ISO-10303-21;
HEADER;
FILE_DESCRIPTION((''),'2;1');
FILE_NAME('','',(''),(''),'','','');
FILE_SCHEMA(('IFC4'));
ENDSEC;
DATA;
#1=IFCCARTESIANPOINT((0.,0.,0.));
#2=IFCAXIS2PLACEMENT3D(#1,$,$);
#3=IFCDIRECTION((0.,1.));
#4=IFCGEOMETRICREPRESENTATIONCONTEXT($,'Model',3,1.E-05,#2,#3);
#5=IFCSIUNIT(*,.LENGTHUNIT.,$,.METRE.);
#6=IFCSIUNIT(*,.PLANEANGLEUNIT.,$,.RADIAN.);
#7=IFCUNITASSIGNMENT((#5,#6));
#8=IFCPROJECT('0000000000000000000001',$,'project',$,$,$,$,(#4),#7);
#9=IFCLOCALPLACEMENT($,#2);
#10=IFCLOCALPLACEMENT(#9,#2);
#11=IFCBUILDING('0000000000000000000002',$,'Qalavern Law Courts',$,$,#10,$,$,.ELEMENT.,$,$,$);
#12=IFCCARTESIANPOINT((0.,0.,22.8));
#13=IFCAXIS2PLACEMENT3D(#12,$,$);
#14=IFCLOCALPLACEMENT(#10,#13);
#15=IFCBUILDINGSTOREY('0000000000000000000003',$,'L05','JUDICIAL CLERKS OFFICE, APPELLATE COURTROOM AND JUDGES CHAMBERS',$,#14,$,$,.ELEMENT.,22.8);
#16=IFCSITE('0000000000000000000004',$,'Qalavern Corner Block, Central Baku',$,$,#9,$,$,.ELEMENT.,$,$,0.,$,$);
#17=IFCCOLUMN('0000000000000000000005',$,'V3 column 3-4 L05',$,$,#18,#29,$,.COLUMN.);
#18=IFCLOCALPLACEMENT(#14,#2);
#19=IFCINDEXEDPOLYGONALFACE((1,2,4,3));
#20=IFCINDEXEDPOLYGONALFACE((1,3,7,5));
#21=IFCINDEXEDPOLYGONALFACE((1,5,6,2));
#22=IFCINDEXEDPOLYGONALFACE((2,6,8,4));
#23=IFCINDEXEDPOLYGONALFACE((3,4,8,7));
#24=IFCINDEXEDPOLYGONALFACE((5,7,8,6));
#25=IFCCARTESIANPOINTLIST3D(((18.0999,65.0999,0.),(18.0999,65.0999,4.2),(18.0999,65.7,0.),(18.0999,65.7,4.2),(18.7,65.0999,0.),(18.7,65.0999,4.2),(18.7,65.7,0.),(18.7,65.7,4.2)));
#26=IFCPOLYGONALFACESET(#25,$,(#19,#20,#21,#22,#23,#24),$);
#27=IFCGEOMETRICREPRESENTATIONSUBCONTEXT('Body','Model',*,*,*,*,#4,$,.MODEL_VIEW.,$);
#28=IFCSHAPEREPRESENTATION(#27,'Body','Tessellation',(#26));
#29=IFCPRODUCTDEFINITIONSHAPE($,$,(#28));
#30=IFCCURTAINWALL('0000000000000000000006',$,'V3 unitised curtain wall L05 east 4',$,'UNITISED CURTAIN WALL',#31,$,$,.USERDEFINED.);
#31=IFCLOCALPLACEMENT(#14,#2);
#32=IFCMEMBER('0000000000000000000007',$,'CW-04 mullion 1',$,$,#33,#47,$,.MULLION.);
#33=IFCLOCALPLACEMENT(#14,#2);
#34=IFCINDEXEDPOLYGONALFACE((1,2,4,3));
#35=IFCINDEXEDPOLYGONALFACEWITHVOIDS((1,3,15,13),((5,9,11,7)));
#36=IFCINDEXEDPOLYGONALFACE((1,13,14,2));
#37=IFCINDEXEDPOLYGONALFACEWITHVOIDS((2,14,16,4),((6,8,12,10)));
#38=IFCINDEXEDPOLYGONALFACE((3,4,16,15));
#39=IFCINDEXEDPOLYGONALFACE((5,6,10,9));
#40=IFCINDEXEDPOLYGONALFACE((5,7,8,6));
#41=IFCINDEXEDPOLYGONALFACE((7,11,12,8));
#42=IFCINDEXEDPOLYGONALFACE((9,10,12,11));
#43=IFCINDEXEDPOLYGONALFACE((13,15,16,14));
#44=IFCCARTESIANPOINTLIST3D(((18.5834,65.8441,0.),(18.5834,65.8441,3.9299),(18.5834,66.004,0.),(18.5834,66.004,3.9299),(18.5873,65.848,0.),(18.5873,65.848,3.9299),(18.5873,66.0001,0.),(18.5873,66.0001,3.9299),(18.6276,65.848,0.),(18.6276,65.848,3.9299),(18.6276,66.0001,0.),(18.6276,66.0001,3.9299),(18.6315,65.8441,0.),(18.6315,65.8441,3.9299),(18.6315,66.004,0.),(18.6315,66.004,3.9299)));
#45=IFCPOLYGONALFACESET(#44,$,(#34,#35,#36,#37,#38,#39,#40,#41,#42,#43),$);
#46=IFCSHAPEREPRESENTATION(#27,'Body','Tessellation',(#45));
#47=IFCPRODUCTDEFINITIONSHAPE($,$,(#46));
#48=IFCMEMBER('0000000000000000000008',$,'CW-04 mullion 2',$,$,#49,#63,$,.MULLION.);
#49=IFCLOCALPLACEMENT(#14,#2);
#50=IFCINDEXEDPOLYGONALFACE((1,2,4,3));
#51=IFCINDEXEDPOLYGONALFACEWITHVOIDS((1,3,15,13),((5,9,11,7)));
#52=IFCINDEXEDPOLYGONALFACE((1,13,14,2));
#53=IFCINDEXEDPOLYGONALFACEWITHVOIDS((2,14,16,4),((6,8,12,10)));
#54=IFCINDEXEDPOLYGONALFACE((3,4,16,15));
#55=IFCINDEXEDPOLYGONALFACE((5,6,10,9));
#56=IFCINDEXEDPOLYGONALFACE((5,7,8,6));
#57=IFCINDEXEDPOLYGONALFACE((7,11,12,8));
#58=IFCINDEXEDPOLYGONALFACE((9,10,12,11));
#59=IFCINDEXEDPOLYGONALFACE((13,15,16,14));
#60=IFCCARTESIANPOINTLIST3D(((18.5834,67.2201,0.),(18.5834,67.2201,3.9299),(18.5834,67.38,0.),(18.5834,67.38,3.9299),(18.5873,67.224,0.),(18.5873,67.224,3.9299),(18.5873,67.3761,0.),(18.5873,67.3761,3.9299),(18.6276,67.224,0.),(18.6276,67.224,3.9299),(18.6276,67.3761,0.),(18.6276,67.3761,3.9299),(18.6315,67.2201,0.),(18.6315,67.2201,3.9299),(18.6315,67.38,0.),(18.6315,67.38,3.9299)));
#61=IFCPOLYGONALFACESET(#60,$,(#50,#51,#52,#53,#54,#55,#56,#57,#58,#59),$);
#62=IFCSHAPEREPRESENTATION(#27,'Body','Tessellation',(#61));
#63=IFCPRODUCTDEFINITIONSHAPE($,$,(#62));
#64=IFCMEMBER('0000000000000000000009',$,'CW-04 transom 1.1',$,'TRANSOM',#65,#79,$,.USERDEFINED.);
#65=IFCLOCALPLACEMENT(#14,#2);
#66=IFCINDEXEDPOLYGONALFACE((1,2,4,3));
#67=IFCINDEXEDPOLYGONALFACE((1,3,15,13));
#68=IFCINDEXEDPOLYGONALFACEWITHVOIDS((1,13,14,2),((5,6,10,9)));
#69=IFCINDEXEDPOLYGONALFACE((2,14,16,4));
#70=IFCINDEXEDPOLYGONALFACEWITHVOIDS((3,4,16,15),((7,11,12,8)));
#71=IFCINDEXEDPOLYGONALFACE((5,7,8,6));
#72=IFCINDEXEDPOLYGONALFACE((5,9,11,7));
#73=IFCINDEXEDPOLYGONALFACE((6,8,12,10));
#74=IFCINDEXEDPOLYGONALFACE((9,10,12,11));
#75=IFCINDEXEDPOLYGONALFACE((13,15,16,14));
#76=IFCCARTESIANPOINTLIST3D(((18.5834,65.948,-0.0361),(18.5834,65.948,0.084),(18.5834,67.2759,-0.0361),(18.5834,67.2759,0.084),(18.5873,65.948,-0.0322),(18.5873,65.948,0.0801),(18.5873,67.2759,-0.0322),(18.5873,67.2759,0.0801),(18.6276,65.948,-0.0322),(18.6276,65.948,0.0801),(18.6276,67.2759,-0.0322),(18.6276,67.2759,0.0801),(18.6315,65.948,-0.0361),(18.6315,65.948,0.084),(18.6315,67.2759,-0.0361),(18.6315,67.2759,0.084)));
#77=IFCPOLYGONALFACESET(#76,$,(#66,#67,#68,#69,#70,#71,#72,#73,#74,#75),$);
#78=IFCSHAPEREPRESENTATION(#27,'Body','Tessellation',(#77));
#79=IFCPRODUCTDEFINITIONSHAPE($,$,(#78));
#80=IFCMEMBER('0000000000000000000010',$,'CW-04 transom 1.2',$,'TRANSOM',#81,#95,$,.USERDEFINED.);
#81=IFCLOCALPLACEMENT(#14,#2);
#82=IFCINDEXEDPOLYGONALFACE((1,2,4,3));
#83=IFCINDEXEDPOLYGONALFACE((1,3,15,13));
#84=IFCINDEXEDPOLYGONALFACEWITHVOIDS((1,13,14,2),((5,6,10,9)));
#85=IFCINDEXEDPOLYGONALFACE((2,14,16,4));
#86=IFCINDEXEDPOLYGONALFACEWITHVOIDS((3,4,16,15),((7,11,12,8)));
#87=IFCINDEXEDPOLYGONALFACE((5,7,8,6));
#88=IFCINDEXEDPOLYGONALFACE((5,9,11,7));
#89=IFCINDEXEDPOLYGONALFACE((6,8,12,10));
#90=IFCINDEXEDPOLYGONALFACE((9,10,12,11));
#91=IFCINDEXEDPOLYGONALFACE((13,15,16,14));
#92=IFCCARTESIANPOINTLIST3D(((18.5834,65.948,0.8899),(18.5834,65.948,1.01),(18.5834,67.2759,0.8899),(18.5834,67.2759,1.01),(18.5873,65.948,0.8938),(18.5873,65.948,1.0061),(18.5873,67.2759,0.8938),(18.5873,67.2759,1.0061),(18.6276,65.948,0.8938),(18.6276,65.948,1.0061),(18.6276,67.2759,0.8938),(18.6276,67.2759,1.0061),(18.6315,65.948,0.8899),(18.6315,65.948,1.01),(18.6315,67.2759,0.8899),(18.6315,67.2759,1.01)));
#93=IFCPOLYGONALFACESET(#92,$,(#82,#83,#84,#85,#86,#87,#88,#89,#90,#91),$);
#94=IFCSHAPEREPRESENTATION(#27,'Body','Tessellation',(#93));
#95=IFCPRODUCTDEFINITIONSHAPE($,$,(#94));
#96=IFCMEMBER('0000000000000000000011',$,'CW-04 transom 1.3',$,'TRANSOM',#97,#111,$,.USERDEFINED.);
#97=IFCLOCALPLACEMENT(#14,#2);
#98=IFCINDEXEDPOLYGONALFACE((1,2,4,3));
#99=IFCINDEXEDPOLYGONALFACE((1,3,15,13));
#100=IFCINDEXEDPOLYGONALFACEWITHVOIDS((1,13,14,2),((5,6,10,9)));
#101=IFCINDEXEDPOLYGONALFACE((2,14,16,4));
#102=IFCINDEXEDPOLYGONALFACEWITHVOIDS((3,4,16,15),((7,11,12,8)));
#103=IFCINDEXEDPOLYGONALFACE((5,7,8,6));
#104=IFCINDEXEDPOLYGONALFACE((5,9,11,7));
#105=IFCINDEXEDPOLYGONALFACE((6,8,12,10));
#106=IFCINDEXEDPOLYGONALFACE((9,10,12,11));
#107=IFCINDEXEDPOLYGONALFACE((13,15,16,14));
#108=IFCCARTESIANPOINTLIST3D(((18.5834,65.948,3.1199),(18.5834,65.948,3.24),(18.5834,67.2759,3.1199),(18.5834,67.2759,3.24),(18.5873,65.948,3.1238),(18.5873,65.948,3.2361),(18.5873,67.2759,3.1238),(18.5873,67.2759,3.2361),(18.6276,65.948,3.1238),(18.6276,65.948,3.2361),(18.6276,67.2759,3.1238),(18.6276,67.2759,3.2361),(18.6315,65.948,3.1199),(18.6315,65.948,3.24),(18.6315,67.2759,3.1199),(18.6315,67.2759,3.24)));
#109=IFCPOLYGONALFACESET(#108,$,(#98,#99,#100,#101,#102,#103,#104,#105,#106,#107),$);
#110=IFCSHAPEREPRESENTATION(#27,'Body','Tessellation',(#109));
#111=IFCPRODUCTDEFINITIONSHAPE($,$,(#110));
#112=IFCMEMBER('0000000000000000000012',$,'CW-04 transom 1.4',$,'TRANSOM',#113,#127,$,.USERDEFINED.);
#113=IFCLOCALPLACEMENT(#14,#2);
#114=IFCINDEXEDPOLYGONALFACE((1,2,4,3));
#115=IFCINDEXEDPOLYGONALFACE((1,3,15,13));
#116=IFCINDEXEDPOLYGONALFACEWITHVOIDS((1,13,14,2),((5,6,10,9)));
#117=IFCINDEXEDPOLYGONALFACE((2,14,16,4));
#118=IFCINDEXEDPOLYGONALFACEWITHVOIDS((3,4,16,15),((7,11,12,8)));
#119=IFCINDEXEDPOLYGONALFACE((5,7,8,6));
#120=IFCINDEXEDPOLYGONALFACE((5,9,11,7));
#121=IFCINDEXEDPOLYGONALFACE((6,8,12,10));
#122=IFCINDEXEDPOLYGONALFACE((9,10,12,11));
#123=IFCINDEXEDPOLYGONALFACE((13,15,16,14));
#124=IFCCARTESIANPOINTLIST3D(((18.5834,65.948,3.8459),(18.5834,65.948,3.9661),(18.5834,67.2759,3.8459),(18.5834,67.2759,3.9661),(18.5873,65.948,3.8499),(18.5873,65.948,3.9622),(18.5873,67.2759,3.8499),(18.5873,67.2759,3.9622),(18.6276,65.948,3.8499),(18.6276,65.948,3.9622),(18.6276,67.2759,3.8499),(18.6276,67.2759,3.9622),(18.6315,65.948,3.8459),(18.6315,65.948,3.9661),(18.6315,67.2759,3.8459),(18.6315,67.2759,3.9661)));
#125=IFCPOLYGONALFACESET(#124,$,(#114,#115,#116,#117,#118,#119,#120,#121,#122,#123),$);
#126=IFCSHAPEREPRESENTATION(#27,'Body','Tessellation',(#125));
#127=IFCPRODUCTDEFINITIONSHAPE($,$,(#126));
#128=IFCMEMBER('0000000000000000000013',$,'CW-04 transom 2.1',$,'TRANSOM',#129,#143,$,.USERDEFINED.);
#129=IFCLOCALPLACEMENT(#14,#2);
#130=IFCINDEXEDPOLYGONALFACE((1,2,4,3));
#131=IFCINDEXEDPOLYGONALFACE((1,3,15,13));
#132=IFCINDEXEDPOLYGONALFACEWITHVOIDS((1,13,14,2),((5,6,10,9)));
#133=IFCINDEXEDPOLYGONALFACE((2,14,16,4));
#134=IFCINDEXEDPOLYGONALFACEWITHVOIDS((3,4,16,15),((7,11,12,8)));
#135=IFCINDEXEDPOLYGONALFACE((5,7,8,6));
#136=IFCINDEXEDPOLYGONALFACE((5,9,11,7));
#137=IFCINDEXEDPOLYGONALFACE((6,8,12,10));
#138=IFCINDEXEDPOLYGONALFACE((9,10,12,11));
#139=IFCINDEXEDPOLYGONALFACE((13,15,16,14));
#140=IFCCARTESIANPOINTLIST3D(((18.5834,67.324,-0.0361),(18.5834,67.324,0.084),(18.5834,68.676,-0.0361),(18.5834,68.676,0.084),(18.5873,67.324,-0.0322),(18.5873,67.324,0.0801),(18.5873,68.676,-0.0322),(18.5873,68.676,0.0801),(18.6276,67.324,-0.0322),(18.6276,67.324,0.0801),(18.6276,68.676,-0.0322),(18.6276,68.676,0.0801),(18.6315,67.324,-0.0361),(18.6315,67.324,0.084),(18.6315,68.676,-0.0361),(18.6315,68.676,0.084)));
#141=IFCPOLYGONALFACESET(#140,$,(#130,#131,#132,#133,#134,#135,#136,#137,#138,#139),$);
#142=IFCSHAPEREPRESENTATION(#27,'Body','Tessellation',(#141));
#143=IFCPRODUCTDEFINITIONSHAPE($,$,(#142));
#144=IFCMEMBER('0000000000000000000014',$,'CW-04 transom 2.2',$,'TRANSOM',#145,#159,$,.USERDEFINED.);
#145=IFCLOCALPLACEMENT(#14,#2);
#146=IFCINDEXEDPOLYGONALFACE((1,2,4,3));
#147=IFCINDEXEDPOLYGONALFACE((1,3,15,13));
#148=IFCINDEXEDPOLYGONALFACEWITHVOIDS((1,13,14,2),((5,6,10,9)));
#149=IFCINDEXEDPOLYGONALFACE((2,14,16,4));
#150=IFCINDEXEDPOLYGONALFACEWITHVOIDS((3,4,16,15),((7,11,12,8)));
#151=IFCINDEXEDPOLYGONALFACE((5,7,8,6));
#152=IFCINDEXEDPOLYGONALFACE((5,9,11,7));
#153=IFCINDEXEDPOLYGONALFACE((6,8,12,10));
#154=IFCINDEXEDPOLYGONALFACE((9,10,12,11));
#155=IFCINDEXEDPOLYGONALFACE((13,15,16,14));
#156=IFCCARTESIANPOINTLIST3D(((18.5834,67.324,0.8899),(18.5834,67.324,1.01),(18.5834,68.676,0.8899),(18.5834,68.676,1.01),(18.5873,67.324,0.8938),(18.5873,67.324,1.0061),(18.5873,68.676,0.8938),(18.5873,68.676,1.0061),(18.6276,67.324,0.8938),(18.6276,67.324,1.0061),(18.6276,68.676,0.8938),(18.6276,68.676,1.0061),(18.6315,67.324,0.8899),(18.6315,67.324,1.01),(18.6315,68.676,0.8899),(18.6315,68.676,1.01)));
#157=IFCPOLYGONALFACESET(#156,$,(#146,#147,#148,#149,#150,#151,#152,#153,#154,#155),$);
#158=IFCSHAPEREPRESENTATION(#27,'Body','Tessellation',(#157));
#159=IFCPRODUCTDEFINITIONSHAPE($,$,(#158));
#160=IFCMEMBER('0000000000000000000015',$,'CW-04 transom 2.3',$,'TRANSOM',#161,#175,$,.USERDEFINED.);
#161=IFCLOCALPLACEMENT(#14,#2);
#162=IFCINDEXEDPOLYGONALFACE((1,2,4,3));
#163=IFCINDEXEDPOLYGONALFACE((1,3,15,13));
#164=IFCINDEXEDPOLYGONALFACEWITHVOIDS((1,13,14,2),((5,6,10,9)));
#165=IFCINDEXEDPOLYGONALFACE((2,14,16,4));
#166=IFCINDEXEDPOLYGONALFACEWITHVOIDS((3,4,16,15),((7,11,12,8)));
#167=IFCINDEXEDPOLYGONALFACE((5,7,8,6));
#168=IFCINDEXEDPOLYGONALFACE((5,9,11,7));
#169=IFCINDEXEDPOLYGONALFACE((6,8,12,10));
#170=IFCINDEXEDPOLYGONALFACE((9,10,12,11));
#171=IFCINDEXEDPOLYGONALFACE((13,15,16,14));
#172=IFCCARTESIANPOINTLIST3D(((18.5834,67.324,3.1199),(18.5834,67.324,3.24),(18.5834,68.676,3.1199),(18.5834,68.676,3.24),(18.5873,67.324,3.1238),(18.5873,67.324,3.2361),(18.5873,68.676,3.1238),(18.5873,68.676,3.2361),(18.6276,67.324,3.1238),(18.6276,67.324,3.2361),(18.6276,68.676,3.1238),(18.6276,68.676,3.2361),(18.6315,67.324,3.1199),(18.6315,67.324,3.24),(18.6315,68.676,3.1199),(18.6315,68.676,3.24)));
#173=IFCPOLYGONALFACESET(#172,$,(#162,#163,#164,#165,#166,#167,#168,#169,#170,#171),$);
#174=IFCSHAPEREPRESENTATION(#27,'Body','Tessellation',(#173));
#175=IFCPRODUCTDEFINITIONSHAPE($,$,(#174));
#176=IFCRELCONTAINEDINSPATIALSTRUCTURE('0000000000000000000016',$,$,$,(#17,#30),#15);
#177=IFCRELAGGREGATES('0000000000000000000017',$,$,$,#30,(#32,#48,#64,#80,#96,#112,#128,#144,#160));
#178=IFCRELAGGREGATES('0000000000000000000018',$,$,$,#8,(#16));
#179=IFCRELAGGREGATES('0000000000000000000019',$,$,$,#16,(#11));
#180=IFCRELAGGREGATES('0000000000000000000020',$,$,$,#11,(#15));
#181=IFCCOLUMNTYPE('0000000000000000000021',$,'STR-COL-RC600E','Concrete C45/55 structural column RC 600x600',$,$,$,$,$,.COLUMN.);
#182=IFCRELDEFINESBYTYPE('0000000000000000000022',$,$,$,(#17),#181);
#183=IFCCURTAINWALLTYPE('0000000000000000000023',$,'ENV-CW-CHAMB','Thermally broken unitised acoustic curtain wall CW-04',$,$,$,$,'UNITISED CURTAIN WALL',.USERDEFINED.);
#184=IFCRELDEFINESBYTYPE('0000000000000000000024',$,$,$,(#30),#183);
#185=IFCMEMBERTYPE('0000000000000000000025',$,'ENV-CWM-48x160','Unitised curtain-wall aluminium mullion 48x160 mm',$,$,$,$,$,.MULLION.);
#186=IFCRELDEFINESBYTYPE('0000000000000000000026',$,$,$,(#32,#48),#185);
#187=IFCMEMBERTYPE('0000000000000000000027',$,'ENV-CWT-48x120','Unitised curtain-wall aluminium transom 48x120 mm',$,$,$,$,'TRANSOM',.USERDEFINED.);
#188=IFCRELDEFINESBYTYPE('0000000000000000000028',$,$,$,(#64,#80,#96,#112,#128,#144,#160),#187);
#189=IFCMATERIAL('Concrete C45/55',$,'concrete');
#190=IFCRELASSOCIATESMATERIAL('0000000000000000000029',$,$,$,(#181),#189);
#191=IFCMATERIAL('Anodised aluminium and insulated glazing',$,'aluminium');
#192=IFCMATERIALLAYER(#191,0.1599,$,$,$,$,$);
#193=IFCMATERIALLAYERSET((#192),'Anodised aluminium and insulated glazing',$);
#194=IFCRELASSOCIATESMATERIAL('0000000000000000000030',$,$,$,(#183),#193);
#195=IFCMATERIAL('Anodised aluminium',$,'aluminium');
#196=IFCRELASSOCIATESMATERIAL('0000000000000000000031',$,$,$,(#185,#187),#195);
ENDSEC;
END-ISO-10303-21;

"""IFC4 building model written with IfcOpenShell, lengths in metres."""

from ifc_helpers import new_model, si_unit, direction, frame, origin, origin_2d, place, context, subcontext, project, spatial, rectangle, hollow_rectangle, extrude, material, layer, layer_set, material_profile, profile_set, type_object, element, aggregate, save


model = new_model("IFC4")

# Units and contexts
model_context = context("Model", 3, precision=1e-05, world=origin(), true_north=direction((0.0, 1.0)))
body_context = subcontext(model_context, "Body", "Model", "MODEL_VIEW")
ifc_project = project(units=[si_unit("LENGTHUNIT", "METRE"), si_unit("PLANEANGLEUNIT", "RADIAN")], contexts=[model_context])

# Site, building, storey
site_placement = place(None, origin())
site = spatial("IfcSite", under=ifc_project, at=site_placement, Name="Qalavern Corner Block, Central Baku", CompositionType="ELEMENT", RefElevation=0.0)
building_placement = place(site_placement, origin())
building = spatial("IfcBuilding", under=site, at=building_placement, Name="Qalavern Law Courts", CompositionType="ELEMENT")
storey_placement = place(building_placement, frame((0.0, 0.0, 22.8)))
storey = spatial("IfcBuildingStorey", under=building, at=storey_placement, Name="L05", Description="JUDICIAL CLERKS OFFICE, APPELLATE COURTROOM AND JUDGES CHAMBERS", CompositionType="ELEMENT", Elevation=22.8)

# Column
ifc_material_1 = material(Name="Concrete C45/55", Category="concrete")
ifc_material_profile_1 = material_profile(ifc_material_1, rectangle(XDim=0.6001, YDim=0.6001, at=origin_2d()), Name="RC 600x600")
ifc_profile_set_1 = profile_set([ifc_material_profile_1], Name="Concrete C45/55")
column_type = type_object("IfcColumnType", Name="STR-COL-RC600E", Description="Concrete C45/55 structural column RC 600x600", PredefinedType="COLUMN", material=ifc_profile_set_1)
column_placement = place(storey_placement, frame((18.3999, 65.3999, 0.0), z_axis=(0.0, 0.0, 1.0), x_axis=(1.0, 0.0, 0.0)))
element("IfcColumn", 1, at=column_placement, inside=storey, type_object=column_type, Name="V3 column 3-4 L05", PredefinedType="COLUMN", context=body_context, shape_type="SweptSolid", body=[
    extrude(rectangle(XDim=0.6001, YDim=0.6001, at=origin_2d()), origin(), (0.0, 0.0, 1.0), 4.2),
])

# Curtain wall, members
ifc_material_2 = material(Name="Anodised aluminium and insulated glazing", Category="aluminium")
ifc_layer_1 = layer(ifc_material_2, 0.1599)
ifc_layer_set_1 = layer_set([ifc_layer_1], Name="Anodised aluminium and insulated glazing")
curtain_wall_type = type_object("IfcCurtainWallType", Name="ENV-CW-CHAMB", Description="Thermally broken unitised acoustic curtain wall CW-04", ElementType="UNITISED CURTAIN WALL", PredefinedType="USERDEFINED", material=ifc_layer_set_1)
curtain_wall_placement = place(storey_placement, origin())
curtain_wall = element("IfcCurtainWall", 2, at=curtain_wall_placement, inside=storey, type_object=curtain_wall_type, Name="V3 unitised curtain wall L05 east 4", ObjectType="UNITISED CURTAIN WALL", PredefinedType="USERDEFINED")
ifc_material_3 = material(Name="Anodised aluminium", Category="aluminium")
ifc_material_profile_2 = material_profile(ifc_material_3, hollow_rectangle(XDim=0.0481, YDim=0.1599, WallThickness=0.0039, at=origin_2d()), Name="ALU MULLION 48x160")
ifc_profile_set_2 = profile_set([ifc_material_profile_2], Name="Anodised aluminium")
member_type_1 = type_object("IfcMemberType", Name="ENV-CWM-48x160", Description="Unitised curtain-wall aluminium mullion 48x160 mm", PredefinedType="MULLION", material=ifc_profile_set_2)
member_1_placement = place(storey_placement, frame((18.6074, 65.9241, 0.0), z_axis=(0.0, 0.0, 1.0), x_axis=(-1.0, 0.0, 0.0)))
member_1 = element("IfcMember", 3, at=member_1_placement, type_object=member_type_1, Name="CW-04 mullion 1", PredefinedType="MULLION", context=body_context, shape_type="SweptSolid", body=[
    extrude(hollow_rectangle(XDim=0.0481, YDim=0.1599, WallThickness=0.0039, at=origin_2d()), origin(), (0.0, 0.0, 1.0), 3.9299),
])
member_2_placement = place(storey_placement, frame((18.6074, 67.3, 0.0), z_axis=(0.0, 0.0, 1.0), x_axis=(-1.0, 0.0, 0.0)))
member_2 = element("IfcMember", 4, at=member_2_placement, type_object=member_type_1, Name="CW-04 mullion 2", PredefinedType="MULLION", context=body_context, shape_type="SweptSolid", body=[
    extrude(hollow_rectangle(XDim=0.0481, YDim=0.1599, WallThickness=0.0039, at=origin_2d()), origin(), (0.0, 0.0, 1.0), 3.9299),
])
ifc_material_profile_3 = material_profile(ifc_material_3, hollow_rectangle(XDim=0.0481, YDim=0.1201, WallThickness=0.0039, at=origin_2d()), Name="ALU TRANSOM 48x120")
ifc_profile_set_3 = profile_set([ifc_material_profile_3], Name="Anodised aluminium")
member_type_2 = type_object("IfcMemberType", Name="ENV-CWT-48x120", Description="Unitised curtain-wall aluminium transom 48x120 mm", ElementType="TRANSOM", PredefinedType="USERDEFINED", material=ifc_profile_set_3)
member_3_placement = place(storey_placement, frame((18.6074, 65.948, 0.0239), z_axis=(0.0, 1.0, 0.0), x_axis=(-1.0, 0.0, 0.0)))
member_3 = element("IfcMember", 5, at=member_3_placement, type_object=member_type_2, Name="CW-04 transom 1.1", ObjectType="TRANSOM", PredefinedType="USERDEFINED", context=body_context, shape_type="SweptSolid", body=[
    extrude(hollow_rectangle(XDim=0.0481, YDim=0.1201, WallThickness=0.0039, at=origin_2d()), origin(), (0.0, 0.0, 1.0), 1.3279),
])
member_4_placement = place(storey_placement, frame((18.6074, 65.948, 0.95), z_axis=(0.0, 1.0, 0.0), x_axis=(-1.0, 0.0, 0.0)))
member_4 = element("IfcMember", 6, at=member_4_placement, type_object=member_type_2, Name="CW-04 transom 1.2", ObjectType="TRANSOM", PredefinedType="USERDEFINED", context=body_context, shape_type="SweptSolid", body=[
    extrude(hollow_rectangle(XDim=0.0481, YDim=0.1201, WallThickness=0.0039, at=origin_2d()), origin(), (0.0, 0.0, 1.0), 1.3279),
])
member_5_placement = place(storey_placement, frame((18.6074, 65.948, 3.1799), z_axis=(0.0, 1.0, 0.0), x_axis=(-1.0, 0.0, 0.0)))
member_5 = element("IfcMember", 7, at=member_5_placement, type_object=member_type_2, Name="CW-04 transom 1.3", ObjectType="TRANSOM", PredefinedType="USERDEFINED", context=body_context, shape_type="SweptSolid", body=[
    extrude(hollow_rectangle(XDim=0.0481, YDim=0.1201, WallThickness=0.0039, at=origin_2d()), origin(), (0.0, 0.0, 1.0), 1.3279),
])
member_6_placement = place(storey_placement, frame((18.6074, 65.948, 3.906), z_axis=(0.0, 1.0, 0.0), x_axis=(-1.0, 0.0, 0.0)))
member_6 = element("IfcMember", 8, at=member_6_placement, type_object=member_type_2, Name="CW-04 transom 1.4", ObjectType="TRANSOM", PredefinedType="USERDEFINED", context=body_context, shape_type="SweptSolid", body=[
    extrude(hollow_rectangle(XDim=0.0481, YDim=0.1201, WallThickness=0.0039, at=origin_2d()), origin(), (0.0, 0.0, 1.0), 1.3279),
])
member_7_placement = place(storey_placement, frame((18.6074, 67.324, 0.0239), z_axis=(0.0, 1.0, 0.0), x_axis=(-1.0, 0.0, 0.0)))
member_7 = element("IfcMember", 9, at=member_7_placement, type_object=member_type_2, Name="CW-04 transom 2.1", ObjectType="TRANSOM", PredefinedType="USERDEFINED", context=body_context, shape_type="SweptSolid", body=[
    extrude(hollow_rectangle(XDim=0.0481, YDim=0.1201, WallThickness=0.0039, at=origin_2d()), origin(), (0.0, 0.0, 1.0), 1.3521),
])
member_8_placement = place(storey_placement, frame((18.6074, 67.324, 0.95), z_axis=(0.0, 1.0, 0.0), x_axis=(-1.0, 0.0, 0.0)))
member_8 = element("IfcMember", 10, at=member_8_placement, type_object=member_type_2, Name="CW-04 transom 2.2", ObjectType="TRANSOM", PredefinedType="USERDEFINED", context=body_context, shape_type="SweptSolid", body=[
    extrude(hollow_rectangle(XDim=0.0481, YDim=0.1201, WallThickness=0.0039, at=origin_2d()), origin(), (0.0, 0.0, 1.0), 1.3521),
])
member_9_placement = place(storey_placement, frame((18.6074, 67.324, 3.1799), z_axis=(0.0, 1.0, 0.0), x_axis=(-1.0, 0.0, 0.0)))
member_9 = element("IfcMember", 11, at=member_9_placement, type_object=member_type_2, Name="CW-04 transom 2.3", ObjectType="TRANSOM", PredefinedType="USERDEFINED", context=body_context, shape_type="SweptSolid", body=[
    extrude(hollow_rectangle(XDim=0.0481, YDim=0.1201, WallThickness=0.0039, at=origin_2d()), origin(), (0.0, 0.0, 1.0), 1.3521),
])

aggregate(curtain_wall, [member_1, member_2, member_3, member_4, member_5, member_6, member_7, member_8, member_9])

save(model, "model.ifc")
